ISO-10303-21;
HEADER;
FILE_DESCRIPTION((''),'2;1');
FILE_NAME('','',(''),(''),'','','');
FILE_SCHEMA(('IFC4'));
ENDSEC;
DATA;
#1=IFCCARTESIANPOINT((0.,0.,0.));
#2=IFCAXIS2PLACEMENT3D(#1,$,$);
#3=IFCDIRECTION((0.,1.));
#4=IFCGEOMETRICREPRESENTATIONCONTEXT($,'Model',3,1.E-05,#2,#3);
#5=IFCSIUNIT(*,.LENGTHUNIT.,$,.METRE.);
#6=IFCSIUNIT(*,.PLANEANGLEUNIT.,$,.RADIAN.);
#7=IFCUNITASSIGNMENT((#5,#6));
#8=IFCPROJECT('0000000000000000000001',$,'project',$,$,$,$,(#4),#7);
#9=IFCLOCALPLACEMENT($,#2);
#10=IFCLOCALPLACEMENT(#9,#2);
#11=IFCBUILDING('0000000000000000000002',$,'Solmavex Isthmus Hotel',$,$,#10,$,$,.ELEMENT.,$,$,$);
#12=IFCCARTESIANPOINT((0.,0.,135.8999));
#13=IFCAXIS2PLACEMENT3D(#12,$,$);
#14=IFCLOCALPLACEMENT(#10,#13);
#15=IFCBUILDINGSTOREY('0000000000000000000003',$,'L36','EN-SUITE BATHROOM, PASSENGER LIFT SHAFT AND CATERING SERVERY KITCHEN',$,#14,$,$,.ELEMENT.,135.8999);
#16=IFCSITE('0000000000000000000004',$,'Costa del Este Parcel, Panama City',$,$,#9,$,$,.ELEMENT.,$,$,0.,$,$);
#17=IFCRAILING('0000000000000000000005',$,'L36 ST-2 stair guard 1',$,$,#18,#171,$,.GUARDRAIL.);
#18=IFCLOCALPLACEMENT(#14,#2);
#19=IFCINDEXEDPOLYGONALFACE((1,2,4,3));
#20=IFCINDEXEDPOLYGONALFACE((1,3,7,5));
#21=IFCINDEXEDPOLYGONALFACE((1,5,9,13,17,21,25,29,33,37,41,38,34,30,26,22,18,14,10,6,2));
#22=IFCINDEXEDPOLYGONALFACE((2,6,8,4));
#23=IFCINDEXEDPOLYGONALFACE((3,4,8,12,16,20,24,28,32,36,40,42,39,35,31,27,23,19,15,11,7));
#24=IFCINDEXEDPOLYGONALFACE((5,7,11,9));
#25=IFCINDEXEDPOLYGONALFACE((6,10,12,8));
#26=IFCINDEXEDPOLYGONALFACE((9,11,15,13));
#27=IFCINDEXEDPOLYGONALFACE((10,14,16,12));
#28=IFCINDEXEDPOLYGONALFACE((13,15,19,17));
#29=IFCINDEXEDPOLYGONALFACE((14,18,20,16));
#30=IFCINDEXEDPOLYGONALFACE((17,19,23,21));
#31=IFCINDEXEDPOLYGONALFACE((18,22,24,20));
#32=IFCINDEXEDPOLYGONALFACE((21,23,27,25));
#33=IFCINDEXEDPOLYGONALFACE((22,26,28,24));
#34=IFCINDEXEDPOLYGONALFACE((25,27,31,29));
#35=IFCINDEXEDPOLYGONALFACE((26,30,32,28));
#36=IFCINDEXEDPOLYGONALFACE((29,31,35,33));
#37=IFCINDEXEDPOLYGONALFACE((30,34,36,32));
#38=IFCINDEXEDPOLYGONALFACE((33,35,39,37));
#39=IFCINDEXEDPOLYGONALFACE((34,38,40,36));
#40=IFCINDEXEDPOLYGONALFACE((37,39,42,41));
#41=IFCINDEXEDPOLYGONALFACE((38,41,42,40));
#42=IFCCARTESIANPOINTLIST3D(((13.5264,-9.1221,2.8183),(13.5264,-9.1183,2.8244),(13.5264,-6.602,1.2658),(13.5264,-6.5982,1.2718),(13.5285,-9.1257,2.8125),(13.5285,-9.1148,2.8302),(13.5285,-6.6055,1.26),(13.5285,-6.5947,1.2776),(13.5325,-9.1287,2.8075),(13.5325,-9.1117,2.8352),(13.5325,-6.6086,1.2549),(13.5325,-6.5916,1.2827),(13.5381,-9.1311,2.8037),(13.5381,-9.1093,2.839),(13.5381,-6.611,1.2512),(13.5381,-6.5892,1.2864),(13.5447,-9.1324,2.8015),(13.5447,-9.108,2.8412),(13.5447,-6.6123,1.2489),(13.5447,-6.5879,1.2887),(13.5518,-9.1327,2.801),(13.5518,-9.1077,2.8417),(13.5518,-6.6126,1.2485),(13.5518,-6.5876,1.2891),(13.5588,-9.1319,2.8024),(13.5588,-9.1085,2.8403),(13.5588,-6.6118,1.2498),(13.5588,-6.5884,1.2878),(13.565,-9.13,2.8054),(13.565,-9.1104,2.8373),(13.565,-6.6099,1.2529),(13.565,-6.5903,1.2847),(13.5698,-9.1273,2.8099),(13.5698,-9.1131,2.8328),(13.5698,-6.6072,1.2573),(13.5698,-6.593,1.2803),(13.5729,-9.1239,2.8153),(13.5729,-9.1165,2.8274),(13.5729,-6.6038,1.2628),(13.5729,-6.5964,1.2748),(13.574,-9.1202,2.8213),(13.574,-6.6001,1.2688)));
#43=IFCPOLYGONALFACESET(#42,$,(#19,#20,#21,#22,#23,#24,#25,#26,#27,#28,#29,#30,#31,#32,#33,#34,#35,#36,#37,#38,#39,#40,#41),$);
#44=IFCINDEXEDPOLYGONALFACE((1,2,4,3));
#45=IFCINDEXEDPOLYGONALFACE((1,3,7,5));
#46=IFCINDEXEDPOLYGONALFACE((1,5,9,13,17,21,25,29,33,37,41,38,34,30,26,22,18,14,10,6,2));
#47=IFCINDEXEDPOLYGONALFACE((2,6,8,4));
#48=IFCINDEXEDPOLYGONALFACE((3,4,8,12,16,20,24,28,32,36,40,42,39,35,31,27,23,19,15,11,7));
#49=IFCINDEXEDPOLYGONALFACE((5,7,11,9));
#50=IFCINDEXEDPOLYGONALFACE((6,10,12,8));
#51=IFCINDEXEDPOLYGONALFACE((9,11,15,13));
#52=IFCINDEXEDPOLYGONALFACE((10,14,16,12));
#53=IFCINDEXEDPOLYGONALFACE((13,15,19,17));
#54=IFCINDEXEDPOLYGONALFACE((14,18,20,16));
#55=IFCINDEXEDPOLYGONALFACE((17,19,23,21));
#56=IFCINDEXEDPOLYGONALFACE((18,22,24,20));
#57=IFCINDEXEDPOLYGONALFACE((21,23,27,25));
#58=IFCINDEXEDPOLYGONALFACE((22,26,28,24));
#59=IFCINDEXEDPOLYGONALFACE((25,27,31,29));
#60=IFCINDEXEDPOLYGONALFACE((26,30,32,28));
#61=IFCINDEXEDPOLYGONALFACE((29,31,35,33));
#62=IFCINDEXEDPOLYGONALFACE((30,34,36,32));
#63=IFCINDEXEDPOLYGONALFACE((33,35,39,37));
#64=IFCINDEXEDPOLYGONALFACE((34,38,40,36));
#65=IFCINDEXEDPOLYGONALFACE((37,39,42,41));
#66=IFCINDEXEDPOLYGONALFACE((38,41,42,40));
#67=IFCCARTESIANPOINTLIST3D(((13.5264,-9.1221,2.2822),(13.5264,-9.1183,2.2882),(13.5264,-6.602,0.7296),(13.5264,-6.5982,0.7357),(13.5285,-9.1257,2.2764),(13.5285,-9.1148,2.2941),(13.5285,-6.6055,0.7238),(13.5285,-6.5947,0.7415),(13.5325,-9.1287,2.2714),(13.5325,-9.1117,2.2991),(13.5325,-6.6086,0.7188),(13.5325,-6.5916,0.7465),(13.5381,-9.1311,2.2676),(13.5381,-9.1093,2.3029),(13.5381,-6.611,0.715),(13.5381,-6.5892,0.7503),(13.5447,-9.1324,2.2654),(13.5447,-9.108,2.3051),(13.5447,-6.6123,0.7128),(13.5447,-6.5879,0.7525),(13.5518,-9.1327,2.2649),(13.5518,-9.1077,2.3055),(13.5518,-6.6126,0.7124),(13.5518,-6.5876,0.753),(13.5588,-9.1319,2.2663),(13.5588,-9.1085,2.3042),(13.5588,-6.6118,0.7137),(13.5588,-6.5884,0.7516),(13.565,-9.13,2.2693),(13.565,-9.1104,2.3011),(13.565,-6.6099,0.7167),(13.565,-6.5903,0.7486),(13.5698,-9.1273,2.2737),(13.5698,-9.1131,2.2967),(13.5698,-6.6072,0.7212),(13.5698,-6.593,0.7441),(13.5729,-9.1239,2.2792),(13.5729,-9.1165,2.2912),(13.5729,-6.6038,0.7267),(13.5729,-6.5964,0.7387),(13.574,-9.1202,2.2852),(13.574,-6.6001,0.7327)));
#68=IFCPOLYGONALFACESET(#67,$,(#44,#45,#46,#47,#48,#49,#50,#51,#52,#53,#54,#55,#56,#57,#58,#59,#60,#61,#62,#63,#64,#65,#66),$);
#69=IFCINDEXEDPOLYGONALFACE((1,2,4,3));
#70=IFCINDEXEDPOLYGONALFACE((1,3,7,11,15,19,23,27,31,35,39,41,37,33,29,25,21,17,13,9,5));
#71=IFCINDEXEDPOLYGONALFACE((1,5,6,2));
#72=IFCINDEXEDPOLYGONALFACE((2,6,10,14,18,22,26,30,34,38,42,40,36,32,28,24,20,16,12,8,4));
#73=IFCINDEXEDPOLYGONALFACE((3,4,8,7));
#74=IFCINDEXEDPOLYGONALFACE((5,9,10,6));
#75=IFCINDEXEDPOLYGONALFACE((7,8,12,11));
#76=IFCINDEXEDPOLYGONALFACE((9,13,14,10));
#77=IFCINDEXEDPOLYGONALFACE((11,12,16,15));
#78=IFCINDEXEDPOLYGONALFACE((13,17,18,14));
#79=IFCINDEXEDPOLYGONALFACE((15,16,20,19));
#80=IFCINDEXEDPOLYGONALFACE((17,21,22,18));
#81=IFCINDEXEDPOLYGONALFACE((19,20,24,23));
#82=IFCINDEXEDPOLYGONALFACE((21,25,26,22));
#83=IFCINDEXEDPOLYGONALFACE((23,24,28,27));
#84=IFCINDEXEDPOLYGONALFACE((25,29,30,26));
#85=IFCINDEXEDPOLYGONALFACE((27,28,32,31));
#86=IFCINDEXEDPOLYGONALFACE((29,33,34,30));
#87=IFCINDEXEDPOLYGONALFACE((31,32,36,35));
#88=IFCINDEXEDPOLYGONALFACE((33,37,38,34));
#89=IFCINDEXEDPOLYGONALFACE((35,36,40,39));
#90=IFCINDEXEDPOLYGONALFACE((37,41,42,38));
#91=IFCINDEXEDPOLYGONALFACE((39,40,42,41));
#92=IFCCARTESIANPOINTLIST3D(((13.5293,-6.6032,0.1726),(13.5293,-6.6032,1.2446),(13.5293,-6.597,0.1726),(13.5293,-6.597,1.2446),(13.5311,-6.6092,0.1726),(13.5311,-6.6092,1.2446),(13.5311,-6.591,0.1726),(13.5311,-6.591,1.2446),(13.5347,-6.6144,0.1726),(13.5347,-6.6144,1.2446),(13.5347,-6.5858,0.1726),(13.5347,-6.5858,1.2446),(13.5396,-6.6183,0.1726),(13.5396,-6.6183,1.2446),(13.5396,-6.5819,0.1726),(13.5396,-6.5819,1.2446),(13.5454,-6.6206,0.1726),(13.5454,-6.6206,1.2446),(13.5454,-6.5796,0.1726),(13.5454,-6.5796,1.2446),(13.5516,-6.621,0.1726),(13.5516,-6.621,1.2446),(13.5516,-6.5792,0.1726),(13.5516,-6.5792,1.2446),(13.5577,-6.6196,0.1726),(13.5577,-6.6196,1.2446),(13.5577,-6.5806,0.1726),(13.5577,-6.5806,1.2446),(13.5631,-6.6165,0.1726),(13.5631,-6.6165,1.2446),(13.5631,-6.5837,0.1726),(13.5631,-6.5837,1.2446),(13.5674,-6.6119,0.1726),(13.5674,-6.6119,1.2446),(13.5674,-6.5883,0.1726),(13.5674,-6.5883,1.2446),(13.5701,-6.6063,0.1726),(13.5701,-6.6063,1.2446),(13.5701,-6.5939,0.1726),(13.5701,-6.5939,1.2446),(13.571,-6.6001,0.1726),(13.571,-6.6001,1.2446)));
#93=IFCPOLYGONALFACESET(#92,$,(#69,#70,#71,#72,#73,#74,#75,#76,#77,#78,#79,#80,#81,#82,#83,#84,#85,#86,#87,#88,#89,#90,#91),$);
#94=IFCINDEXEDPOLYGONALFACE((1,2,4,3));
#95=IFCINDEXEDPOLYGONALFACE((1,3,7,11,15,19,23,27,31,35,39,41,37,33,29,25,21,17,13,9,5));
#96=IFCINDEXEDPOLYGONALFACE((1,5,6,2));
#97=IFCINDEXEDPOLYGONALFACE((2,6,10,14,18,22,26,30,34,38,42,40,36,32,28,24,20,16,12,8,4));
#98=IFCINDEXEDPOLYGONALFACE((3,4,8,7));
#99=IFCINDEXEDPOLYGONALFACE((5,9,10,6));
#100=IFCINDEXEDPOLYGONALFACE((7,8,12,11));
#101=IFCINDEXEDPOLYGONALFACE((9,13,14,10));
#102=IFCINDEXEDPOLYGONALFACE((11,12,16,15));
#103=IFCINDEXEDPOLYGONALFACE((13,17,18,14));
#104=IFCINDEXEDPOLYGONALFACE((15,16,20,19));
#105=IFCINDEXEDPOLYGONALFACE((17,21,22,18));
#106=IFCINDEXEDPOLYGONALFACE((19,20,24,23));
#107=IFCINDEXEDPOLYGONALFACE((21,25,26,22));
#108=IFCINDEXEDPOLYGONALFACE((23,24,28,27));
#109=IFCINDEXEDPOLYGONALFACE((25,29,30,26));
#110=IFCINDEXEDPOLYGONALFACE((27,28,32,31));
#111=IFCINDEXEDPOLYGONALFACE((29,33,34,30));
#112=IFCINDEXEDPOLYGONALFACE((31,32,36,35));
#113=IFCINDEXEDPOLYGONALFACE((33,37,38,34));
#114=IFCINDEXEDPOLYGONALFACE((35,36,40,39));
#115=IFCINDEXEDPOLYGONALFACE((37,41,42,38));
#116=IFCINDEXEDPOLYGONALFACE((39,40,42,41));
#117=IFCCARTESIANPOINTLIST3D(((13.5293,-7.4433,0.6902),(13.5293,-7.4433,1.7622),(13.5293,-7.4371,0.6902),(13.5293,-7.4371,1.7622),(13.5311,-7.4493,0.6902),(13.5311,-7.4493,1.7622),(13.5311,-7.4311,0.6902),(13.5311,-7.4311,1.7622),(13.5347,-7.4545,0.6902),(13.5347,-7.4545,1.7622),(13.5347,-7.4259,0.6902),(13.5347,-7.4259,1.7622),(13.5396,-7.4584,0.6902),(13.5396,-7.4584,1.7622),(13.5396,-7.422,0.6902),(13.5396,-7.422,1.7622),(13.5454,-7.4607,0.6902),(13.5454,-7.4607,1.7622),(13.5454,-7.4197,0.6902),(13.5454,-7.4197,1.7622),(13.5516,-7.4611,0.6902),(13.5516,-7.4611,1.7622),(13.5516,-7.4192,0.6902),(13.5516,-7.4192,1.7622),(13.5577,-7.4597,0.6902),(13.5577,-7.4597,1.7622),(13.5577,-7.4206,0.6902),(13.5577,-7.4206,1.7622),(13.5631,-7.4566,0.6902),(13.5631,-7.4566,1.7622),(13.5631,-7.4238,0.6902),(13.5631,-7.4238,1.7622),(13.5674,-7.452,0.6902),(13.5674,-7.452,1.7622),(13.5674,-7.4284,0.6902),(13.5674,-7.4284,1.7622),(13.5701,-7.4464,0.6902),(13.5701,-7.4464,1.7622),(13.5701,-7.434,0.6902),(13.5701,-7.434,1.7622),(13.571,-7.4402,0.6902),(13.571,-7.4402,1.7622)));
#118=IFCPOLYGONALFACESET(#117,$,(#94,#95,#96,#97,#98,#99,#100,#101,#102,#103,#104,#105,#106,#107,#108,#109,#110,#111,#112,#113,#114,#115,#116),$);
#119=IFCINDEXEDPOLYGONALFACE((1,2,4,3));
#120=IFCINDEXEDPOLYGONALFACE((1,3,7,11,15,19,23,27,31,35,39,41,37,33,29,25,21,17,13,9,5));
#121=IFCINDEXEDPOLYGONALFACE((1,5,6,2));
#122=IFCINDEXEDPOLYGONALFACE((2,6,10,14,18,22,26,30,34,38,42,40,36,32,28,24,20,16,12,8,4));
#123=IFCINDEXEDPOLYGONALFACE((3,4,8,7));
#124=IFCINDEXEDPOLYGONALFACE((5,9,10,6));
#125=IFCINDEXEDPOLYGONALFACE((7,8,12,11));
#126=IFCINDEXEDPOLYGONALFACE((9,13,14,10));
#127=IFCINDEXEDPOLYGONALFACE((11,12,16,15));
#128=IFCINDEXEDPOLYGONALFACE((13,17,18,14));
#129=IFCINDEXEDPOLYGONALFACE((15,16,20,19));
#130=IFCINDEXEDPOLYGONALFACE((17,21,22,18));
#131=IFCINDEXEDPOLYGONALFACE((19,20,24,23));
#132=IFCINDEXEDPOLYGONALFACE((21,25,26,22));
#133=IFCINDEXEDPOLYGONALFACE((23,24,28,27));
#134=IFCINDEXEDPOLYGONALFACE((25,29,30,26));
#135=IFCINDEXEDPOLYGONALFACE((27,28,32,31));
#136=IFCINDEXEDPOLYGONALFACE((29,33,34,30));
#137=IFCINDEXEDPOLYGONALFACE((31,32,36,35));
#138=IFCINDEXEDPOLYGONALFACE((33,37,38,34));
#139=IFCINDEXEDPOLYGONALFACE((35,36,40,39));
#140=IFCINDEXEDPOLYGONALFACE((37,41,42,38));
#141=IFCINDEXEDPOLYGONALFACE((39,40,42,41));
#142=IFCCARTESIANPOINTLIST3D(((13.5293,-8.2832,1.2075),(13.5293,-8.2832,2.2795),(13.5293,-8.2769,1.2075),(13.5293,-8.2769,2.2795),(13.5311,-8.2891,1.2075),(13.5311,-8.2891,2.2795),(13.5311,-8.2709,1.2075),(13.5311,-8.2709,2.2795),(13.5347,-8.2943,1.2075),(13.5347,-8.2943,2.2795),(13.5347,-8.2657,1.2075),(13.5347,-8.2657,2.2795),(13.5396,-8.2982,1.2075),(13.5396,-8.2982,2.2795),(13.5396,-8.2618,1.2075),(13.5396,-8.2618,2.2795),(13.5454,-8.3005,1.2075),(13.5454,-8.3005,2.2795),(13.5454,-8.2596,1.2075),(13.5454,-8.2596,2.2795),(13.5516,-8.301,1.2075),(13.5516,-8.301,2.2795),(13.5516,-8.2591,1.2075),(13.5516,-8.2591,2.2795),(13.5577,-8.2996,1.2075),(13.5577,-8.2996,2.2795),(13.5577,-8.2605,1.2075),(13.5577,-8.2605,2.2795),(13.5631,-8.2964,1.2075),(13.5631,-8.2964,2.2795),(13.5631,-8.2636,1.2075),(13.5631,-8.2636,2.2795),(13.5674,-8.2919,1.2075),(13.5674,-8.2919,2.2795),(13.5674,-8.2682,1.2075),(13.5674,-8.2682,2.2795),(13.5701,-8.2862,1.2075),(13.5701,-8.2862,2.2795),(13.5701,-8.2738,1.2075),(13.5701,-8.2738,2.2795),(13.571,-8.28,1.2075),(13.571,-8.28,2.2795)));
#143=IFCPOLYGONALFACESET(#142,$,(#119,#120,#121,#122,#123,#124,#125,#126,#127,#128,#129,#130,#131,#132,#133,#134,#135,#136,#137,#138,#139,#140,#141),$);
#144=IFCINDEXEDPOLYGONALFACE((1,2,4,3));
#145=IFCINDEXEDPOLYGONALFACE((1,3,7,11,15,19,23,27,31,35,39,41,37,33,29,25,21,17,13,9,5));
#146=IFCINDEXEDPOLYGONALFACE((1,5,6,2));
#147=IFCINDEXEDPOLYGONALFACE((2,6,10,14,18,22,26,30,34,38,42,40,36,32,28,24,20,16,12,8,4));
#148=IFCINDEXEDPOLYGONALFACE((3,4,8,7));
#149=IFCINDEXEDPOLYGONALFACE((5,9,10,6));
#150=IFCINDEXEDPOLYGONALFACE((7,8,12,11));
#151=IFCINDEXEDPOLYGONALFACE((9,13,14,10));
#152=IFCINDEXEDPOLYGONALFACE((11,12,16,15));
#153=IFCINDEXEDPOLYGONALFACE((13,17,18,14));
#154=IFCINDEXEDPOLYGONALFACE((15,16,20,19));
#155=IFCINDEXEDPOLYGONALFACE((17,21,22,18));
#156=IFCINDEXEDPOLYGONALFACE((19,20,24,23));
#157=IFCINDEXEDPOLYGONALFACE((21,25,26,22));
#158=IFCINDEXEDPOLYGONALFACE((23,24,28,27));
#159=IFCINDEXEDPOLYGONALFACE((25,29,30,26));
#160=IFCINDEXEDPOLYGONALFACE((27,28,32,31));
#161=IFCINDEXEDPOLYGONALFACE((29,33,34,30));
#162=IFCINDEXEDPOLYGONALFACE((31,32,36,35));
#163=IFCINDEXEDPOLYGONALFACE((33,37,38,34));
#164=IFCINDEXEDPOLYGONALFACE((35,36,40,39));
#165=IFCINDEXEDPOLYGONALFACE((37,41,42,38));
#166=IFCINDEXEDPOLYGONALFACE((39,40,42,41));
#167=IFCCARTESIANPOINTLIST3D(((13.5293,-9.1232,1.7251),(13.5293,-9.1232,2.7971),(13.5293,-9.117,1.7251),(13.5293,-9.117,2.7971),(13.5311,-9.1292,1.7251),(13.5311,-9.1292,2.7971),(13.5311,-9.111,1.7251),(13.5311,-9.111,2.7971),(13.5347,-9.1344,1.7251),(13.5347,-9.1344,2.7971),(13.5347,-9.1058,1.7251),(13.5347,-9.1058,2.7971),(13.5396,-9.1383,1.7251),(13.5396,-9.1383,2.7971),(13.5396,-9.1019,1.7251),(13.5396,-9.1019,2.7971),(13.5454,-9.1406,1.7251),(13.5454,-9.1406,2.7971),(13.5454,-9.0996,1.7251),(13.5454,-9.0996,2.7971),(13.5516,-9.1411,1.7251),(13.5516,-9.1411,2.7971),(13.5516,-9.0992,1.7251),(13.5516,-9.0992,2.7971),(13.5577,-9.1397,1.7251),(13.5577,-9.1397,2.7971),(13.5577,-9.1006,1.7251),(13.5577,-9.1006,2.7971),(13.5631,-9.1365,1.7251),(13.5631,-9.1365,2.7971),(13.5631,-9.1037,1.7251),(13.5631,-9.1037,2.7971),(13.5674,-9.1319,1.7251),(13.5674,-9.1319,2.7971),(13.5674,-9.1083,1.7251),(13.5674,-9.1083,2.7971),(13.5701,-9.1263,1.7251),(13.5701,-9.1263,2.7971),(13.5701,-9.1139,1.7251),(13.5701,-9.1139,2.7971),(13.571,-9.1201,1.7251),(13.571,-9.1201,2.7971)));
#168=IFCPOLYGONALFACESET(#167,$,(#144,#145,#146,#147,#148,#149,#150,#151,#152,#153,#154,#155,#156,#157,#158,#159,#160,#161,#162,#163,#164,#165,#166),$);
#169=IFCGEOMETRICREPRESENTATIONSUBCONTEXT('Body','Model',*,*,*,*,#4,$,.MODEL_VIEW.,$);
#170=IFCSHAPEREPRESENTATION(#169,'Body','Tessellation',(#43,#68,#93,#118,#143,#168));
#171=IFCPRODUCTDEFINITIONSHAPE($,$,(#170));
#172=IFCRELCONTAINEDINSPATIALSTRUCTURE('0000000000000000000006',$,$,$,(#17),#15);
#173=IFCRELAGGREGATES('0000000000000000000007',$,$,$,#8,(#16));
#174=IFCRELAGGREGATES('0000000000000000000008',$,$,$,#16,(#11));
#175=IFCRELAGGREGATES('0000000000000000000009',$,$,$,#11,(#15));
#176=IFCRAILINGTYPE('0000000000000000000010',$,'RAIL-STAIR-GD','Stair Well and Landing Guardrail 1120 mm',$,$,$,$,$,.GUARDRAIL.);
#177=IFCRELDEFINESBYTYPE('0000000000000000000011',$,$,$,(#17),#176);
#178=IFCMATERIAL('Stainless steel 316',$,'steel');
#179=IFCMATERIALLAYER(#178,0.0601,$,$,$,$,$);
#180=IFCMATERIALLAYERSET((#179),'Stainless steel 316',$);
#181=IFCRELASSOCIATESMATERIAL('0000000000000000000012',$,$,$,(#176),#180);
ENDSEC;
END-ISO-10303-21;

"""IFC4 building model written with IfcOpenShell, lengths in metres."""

from ifc_helpers import new_model, si_unit, direction, frame, origin, origin_2d, place, context, subcontext, project, spatial, circle, extrude, material, layer, layer_set, type_object, element, save


model = new_model("IFC4")

# Units and contexts
model_context = context("Model", 3, precision=1e-05, world=origin(), true_north=direction((0.0, 1.0)))
body_context = subcontext(model_context, "Body", "Model", "MODEL_VIEW")
ifc_project = project(units=[si_unit("LENGTHUNIT", "METRE"), si_unit("PLANEANGLEUNIT", "RADIAN")], contexts=[model_context])

# Site, building, storey
site_placement = place(None, origin())
site = spatial("IfcSite", under=ifc_project, at=site_placement, Name="Costa del Este Parcel, Panama City", CompositionType="ELEMENT", RefElevation=0.0)
building_placement = place(site_placement, origin())
building = spatial("IfcBuilding", under=site, at=building_placement, Name="Solmavex Isthmus Hotel", CompositionType="ELEMENT")
storey_placement = place(building_placement, frame((0.0, 0.0, 135.8999)))
storey = spatial("IfcBuildingStorey", under=building, at=storey_placement, Name="L36", Description="EN-SUITE BATHROOM, PASSENGER LIFT SHAFT AND CATERING SERVERY KITCHEN", CompositionType="ELEMENT", Elevation=135.8999)

# Railing
ifc_material_1 = material(Name="Stainless steel 316", Category="steel")
ifc_layer_1 = layer(ifc_material_1, 0.0601)
ifc_layer_set_1 = layer_set([ifc_layer_1], Name="Stainless steel 316")
railing_type_1 = type_object("IfcRailingType", Name="RAIL-STAIR-GD", Description="Stair Well and Landing Guardrail 1120 mm", PredefinedType="GUARDRAIL", material=ifc_layer_set_1)
railing_1_placement = place(storey_placement, frame((13.55, -6.6001, 0.1726)))
element("IfcRailing", 1, at=railing_1_placement, inside=storey, type_object=railing_type_1, Name="L36 ST-2 stair guard 1", PredefinedType="GUARDRAIL", context=body_context, shape_type="SweptSolid", body=[
    extrude(circle(Radius=0.0239, at=origin_2d()), frame((0.0, 0.0, 1.0962), z_axis=(0.0, -0.8514, 0.524516), x_axis=(1.0, 0.0, 0.0)), (0.0, 0.0, 1.0), 2.96),
    extrude(circle(Radius=0.0239, at=origin_2d()), frame((0.0, 0.0, 0.5601), z_axis=(0.0, -0.8514, 0.524516), x_axis=(1.0, 0.0, 0.0)), (0.0, 0.0, 1.0), 2.96),
    extrude(circle(Radius=0.021, at=origin_2d()), origin(), (0.0, 0.0, 1.0), 1.072),
    extrude(circle(Radius=0.021, at=origin_2d()), frame((0.0, -0.8401, 0.5176)), (0.0, 0.0, 1.0), 1.072),
    extrude(circle(Radius=0.021, at=origin_2d()), frame((0.0, -1.6799, 1.0349)), (0.0, 0.0, 1.0), 1.072),
    extrude(circle(Radius=0.021, at=origin_2d()), frame((0.0, -2.52, 1.5525)), (0.0, 0.0, 1.0), 1.072),
])

save(model, "model.ifc")
